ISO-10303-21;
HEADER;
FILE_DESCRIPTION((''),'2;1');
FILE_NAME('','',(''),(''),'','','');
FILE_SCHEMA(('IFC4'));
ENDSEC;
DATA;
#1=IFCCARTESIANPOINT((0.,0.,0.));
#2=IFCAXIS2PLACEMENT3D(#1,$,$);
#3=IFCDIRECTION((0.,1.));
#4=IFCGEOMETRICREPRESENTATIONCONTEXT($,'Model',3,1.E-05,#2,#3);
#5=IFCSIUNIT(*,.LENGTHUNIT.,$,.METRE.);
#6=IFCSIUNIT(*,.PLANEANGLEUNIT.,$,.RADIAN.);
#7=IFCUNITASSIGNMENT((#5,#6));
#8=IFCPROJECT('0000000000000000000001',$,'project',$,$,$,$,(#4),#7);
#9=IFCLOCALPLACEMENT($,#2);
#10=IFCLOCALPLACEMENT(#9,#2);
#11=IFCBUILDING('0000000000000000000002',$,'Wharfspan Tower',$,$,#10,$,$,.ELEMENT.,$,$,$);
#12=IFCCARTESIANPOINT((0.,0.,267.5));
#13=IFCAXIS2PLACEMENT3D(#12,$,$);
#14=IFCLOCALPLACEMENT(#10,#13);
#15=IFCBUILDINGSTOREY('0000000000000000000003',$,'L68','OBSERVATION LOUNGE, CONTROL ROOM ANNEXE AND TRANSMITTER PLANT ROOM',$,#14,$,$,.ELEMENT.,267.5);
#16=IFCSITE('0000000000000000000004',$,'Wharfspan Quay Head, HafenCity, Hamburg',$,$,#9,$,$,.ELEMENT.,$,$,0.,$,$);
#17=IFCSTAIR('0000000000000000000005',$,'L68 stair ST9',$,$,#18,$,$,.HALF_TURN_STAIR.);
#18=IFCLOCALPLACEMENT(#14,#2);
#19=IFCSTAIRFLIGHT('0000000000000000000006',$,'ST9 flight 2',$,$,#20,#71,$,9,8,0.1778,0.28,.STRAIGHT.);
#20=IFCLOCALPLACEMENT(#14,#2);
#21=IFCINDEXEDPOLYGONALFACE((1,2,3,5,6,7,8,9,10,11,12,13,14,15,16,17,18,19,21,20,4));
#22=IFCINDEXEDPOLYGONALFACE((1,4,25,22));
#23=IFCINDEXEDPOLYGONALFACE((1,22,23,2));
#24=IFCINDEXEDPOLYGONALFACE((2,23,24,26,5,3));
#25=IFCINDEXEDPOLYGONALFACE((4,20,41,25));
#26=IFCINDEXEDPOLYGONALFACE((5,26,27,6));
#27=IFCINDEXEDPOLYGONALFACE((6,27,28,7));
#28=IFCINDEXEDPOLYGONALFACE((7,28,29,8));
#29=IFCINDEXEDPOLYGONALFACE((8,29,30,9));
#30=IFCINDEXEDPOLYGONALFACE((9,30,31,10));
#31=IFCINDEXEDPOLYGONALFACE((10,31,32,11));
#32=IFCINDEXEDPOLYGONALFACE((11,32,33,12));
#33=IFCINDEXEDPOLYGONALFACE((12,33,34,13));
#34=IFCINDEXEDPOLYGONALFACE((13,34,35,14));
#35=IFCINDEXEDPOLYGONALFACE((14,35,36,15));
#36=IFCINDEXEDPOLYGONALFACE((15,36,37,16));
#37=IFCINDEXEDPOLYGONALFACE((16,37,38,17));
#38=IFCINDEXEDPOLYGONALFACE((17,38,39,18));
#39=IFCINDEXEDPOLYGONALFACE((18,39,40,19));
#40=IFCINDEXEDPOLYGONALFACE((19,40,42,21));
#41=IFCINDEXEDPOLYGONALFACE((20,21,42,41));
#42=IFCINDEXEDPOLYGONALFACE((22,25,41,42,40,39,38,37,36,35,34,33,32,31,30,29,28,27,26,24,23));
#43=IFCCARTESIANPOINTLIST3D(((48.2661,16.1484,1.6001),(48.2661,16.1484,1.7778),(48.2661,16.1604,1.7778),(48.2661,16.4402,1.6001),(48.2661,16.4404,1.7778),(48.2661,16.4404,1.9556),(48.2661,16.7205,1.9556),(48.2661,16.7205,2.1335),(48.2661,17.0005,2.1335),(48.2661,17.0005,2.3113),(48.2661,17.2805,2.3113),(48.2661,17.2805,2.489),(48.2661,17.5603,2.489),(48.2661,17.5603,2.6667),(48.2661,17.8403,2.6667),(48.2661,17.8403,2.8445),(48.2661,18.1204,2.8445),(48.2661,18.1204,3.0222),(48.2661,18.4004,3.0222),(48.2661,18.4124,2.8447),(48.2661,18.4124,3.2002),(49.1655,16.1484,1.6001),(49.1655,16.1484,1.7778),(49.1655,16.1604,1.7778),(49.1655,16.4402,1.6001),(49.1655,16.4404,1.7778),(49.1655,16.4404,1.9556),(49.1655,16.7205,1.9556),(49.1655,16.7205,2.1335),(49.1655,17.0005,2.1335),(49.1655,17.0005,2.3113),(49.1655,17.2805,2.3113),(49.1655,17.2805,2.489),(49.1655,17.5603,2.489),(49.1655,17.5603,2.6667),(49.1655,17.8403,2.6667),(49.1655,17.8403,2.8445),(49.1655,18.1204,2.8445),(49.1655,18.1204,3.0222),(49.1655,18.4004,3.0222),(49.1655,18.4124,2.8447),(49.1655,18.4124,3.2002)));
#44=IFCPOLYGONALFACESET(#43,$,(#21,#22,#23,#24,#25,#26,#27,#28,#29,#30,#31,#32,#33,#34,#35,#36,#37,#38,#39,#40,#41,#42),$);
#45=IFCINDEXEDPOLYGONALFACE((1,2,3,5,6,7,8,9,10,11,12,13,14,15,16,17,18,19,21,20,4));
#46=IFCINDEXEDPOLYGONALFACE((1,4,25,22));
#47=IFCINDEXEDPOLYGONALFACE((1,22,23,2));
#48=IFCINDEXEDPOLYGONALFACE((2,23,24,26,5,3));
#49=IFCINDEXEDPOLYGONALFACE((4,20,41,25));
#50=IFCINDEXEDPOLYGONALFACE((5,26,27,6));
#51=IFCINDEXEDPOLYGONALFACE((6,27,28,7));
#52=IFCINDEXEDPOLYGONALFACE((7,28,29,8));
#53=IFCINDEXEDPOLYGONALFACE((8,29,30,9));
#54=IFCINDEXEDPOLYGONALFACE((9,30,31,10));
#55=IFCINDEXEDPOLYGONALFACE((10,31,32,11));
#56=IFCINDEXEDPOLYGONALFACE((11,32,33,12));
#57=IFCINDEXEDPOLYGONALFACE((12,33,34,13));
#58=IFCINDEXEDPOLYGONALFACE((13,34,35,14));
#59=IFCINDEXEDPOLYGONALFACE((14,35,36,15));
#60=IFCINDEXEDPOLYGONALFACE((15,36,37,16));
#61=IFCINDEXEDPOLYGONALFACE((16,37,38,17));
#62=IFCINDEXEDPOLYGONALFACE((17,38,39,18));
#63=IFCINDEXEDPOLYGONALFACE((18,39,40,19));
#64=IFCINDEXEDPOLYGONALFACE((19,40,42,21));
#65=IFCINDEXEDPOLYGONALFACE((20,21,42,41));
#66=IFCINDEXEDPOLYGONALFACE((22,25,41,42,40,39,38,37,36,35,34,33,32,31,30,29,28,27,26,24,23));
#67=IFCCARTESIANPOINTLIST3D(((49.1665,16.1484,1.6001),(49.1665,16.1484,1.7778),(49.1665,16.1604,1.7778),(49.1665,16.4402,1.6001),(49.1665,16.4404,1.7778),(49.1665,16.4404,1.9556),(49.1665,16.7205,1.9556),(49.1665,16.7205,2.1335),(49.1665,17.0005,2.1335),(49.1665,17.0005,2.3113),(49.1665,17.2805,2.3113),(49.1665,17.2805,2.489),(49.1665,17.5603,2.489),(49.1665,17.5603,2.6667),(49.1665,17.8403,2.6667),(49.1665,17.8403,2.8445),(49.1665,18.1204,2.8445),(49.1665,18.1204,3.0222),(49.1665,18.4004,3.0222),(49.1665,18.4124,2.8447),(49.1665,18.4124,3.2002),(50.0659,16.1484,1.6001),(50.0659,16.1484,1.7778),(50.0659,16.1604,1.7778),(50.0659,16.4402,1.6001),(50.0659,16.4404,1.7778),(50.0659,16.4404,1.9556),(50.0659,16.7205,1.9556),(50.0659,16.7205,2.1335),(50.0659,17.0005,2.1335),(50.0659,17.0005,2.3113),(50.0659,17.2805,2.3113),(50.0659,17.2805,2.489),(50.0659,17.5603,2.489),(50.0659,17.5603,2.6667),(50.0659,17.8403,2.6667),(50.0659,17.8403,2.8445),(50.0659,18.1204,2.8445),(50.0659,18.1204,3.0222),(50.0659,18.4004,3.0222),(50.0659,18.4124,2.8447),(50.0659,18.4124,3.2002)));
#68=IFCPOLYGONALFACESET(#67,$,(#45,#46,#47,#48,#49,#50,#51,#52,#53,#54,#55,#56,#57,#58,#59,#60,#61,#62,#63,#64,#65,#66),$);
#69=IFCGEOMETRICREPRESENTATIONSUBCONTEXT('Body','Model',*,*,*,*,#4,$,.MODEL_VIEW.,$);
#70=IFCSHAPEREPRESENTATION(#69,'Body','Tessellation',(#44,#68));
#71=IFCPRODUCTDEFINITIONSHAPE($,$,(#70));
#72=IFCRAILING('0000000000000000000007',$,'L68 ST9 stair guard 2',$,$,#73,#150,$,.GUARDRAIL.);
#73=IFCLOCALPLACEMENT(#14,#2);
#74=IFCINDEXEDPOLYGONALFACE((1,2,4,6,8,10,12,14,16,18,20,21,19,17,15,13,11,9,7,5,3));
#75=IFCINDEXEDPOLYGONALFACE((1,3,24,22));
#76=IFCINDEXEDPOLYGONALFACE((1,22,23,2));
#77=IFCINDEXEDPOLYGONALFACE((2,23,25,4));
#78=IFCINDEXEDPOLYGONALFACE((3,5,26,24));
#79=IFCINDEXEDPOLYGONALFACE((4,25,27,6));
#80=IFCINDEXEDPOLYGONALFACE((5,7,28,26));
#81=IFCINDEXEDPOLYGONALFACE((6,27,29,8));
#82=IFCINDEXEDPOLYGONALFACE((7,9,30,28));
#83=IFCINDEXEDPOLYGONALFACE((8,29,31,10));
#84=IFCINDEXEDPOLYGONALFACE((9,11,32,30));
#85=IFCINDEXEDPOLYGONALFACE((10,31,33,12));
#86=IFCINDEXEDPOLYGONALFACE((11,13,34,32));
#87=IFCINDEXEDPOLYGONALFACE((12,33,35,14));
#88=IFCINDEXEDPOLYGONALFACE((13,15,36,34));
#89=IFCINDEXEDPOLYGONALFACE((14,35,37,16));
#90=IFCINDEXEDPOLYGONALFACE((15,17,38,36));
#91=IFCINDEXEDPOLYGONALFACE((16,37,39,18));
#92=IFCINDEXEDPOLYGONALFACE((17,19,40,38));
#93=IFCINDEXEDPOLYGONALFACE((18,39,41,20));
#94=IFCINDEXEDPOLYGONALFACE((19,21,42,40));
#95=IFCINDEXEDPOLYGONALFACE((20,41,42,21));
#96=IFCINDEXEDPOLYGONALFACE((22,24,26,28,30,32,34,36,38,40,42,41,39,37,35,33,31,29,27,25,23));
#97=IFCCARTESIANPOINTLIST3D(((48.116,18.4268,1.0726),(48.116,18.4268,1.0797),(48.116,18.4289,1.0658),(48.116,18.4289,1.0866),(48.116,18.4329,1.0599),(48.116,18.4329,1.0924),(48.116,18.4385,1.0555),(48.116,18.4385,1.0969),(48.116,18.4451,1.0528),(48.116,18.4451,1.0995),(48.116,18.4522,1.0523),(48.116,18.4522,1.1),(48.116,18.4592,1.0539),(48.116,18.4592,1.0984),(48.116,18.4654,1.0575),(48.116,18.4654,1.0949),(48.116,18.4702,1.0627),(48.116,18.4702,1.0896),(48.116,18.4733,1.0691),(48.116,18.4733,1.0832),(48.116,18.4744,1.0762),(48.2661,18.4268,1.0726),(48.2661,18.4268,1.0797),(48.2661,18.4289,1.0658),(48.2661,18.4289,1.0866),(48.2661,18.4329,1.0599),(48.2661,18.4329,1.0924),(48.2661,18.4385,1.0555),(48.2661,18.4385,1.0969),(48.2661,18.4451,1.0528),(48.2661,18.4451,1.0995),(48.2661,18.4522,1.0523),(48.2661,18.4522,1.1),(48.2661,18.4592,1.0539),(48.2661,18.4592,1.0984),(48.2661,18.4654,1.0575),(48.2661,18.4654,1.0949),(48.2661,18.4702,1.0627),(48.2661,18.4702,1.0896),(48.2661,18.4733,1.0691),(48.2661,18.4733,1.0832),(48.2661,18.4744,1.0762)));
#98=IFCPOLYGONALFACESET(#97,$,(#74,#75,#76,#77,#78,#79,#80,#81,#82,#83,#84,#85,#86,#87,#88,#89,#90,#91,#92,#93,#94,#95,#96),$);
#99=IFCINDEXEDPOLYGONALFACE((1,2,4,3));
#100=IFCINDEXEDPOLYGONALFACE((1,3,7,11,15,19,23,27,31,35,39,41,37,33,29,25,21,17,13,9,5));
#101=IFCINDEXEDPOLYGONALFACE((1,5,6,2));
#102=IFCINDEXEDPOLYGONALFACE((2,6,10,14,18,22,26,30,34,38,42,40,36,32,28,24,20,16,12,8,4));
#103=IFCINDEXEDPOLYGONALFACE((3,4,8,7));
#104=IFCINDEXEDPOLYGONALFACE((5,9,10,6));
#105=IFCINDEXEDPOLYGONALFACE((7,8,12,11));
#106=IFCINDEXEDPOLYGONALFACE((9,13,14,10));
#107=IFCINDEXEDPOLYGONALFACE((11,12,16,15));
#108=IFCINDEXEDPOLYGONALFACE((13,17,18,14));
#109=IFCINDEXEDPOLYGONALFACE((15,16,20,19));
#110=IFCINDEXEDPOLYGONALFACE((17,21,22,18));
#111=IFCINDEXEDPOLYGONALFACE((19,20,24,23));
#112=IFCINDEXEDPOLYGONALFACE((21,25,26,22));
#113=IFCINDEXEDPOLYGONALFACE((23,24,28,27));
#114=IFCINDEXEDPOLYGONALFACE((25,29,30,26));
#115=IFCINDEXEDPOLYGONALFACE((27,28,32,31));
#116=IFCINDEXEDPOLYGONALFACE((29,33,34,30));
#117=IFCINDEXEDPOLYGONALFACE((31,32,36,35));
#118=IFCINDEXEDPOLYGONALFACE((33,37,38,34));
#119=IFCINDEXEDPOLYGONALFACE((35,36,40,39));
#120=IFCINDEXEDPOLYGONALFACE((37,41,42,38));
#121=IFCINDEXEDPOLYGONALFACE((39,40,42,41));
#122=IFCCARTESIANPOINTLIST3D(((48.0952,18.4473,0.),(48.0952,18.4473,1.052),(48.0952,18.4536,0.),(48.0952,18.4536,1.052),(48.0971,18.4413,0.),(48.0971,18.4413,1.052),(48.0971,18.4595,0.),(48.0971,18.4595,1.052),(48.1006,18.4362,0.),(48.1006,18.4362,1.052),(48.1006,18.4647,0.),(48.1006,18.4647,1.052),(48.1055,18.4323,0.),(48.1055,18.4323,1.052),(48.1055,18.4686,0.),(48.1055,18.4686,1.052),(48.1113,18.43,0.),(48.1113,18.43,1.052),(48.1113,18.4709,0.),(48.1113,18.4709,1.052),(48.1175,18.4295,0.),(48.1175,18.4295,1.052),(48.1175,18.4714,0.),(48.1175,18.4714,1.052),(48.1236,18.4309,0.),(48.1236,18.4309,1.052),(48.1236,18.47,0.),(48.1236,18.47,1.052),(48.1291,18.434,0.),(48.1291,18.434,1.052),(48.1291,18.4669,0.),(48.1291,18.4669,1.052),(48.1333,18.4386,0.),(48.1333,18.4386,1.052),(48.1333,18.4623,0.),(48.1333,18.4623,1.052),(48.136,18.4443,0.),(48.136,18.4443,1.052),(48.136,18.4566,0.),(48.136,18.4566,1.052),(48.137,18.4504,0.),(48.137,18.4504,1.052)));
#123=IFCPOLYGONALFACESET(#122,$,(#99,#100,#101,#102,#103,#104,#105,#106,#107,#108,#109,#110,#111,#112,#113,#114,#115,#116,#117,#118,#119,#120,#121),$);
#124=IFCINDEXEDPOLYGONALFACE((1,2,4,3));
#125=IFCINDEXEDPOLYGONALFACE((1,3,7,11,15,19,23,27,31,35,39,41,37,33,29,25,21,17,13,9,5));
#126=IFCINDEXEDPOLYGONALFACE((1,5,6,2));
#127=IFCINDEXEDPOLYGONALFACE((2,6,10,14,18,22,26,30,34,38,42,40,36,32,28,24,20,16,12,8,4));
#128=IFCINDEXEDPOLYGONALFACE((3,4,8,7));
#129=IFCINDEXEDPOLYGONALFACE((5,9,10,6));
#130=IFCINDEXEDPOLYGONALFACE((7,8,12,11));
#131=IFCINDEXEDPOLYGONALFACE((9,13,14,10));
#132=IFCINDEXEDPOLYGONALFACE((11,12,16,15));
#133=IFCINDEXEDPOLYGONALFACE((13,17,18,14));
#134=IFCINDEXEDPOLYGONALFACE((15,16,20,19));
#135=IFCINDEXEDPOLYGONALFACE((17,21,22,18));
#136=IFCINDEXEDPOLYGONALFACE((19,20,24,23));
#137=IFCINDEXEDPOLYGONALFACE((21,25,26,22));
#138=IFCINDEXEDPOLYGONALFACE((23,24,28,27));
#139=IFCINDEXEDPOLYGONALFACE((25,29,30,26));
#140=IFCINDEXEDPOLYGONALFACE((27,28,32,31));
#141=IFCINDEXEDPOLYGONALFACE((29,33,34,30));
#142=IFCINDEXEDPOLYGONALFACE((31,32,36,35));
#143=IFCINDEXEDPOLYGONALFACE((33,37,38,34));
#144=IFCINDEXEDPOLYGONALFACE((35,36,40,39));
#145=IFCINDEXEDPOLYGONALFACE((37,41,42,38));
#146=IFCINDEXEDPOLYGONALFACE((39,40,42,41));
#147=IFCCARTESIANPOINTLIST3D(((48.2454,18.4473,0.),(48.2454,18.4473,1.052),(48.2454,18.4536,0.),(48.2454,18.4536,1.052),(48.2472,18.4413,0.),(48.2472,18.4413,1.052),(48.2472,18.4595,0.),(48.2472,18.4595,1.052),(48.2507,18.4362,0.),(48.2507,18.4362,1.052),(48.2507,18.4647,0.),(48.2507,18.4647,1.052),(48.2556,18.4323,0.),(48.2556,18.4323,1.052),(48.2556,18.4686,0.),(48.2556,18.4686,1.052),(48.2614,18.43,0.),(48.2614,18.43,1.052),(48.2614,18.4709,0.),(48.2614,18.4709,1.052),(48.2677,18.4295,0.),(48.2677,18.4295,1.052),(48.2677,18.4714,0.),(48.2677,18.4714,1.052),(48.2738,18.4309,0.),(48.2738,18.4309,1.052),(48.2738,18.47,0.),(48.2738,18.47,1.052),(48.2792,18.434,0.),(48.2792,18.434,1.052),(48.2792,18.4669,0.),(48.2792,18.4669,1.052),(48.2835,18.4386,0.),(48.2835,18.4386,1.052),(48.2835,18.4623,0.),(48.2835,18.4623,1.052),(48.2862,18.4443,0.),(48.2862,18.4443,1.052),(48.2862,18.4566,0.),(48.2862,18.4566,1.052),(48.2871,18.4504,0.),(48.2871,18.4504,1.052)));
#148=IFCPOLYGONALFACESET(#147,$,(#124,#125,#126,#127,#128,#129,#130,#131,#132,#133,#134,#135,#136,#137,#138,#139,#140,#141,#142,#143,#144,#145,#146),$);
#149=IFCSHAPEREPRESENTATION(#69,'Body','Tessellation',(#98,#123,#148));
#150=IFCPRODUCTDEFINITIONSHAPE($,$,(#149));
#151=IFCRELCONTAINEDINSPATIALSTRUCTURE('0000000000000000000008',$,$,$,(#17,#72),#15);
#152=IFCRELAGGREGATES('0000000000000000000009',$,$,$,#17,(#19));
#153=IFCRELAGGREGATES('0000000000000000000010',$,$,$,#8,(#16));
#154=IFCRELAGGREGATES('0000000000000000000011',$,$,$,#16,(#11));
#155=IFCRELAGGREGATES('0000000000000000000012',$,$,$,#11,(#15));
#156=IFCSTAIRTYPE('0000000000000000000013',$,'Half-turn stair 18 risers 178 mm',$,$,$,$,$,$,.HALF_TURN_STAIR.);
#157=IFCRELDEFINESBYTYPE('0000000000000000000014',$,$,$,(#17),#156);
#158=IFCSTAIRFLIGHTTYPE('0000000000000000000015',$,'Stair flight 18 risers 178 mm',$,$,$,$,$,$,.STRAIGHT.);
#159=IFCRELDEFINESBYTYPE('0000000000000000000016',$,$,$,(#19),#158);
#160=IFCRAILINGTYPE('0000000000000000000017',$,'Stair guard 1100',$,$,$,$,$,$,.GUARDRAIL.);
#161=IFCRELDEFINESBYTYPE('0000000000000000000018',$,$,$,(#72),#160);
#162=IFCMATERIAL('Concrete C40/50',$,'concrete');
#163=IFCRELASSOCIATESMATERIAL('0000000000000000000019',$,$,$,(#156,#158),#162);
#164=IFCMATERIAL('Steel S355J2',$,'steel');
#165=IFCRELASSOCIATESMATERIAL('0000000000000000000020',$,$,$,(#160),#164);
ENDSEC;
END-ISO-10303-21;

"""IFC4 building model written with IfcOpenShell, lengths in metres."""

from ifc_helpers import new_model, si_unit, direction, frame, origin, origin_2d, place, context, subcontext, project, spatial, polyline, circle, outline, extrude, material, type_object, element, aggregate, save


model = new_model("IFC4")

# Units and contexts
model_context = context("Model", 3, precision=1e-05, world=origin(), true_north=direction((0.0, 1.0)))
body_context = subcontext(model_context, "Body", "Model", "MODEL_VIEW")
ifc_project = project(units=[si_unit("LENGTHUNIT", "METRE"), si_unit("PLANEANGLEUNIT", "RADIAN")], contexts=[model_context])

# Site, building, storey
site_placement = place(None, origin())
site = spatial("IfcSite", under=ifc_project, at=site_placement, Name="Wharfspan Quay Head, HafenCity, Hamburg", CompositionType="ELEMENT", RefElevation=0.0)
building_placement = place(site_placement, origin())
building = spatial("IfcBuilding", under=site, at=building_placement, Name="Wharfspan Tower", CompositionType="ELEMENT")
storey_placement = place(building_placement, frame((0.0, 0.0, 267.5)))
storey = spatial("IfcBuildingStorey", under=building, at=storey_placement, Name="L68", Description="OBSERVATION LOUNGE, CONTROL ROOM ANNEXE AND TRANSMITTER PLANT ROOM", CompositionType="ELEMENT", Elevation=267.5)

# Shared definitions
ifc_material_1 = material(Name="Steel S355J2", Category="steel")

# Shared definitions
ifc_material_2 = material(Name="Concrete C40/50", Category="concrete")

# Stair, stair flight
stair_type = type_object("IfcStairType", Name="Half-turn stair 18 risers 178 mm", PredefinedType="HALF_TURN_STAIR", material=ifc_material_2)
stair_placement = place(storey_placement, origin())
stair = element("IfcStair", 1, at=stair_placement, inside=storey, type_object=stair_type, Name="L68 stair ST9", PredefinedType="HALF_TURN_STAIR")
stair_flight_type = type_object("IfcStairFlightType", Name="Stair flight 18 risers 178 mm", PredefinedType="STRAIGHT", material=ifc_material_2)
stair_flight_1_placement = place(storey_placement, frame((49.166, 16.1604, 1.6001), z_axis=(0.0, 0.0, 1.0), x_axis=(0.0, 1.0, 0.0)))
stair_flight_1 = element("IfcStairFlight", 2, at=stair_flight_1_placement, type_object=stair_flight_type, Name="ST9 flight 2", NumberOfRisers=9, NumberOfTreads=8, PredefinedType="STRAIGHT", RiserHeight=0.1778, TreadLength=0.28, context=body_context, shape_type="SweptSolid", body=[
    extrude(outline(polyline([(-0.012, 0.0), (-0.012, 0.1777), (0.0, 0.1777), (0.28, 0.1777), (0.28, 0.3555), (0.5601, 0.3555), (0.5601, 0.5334), (0.8401, 0.5334), (0.8401, 0.7112), (1.1201, 0.7112), (1.1201, 0.8889), (1.3999, 0.8889), (1.3999, 1.0667), (1.6799, 1.0667), (1.6799, 1.2444), (1.96, 1.2444), (1.96, 1.4221), (2.24, 1.4221), (2.252, 1.6001), (2.252, 1.2446), (0.2798, 0.0), (-0.012, 0.0)])), frame((0.0, 0.8999, 0.0), z_axis=(0.0, -1.0, 0.0), x_axis=(1.0, 0.0, 0.0)), (0.0, 0.0, 1.0), 0.8994),
    extrude(outline(polyline([(-0.012, 0.0), (-0.012, 0.1777), (0.0, 0.1777), (0.28, 0.1777), (0.28, 0.3555), (0.5601, 0.3555), (0.5601, 0.5334), (0.8401, 0.5334), (0.8401, 0.7112), (1.1201, 0.7112), (1.1201, 0.8889), (1.3999, 0.8889), (1.3999, 1.0667), (1.6799, 1.0667), (1.6799, 1.2444), (1.96, 1.2444), (1.96, 1.4221), (2.24, 1.4221), (2.252, 1.6001), (2.252, 1.2446), (0.2798, 0.0), (-0.012, 0.0)])), frame((0.0, -0.0005, 0.0), z_axis=(0.0, -1.0, 0.0), x_axis=(1.0, 0.0, 0.0)), (0.0, 0.0, 1.0), 0.8994),
])
aggregate(stair, [stair_flight_1])

# Railing
railing_type_1 = type_object("IfcRailingType", Name="Stair guard 1100", PredefinedType="GUARDRAIL", material=ifc_material_1)
railing_1_placement = place(storey_placement, frame((48.116, 18.4504, 0.0)))
element("IfcRailing", 3, at=railing_1_placement, inside=storey, type_object=railing_type_1, Name="L68 ST9 stair guard 2", PredefinedType="GUARDRAIL", context=body_context, shape_type="SweptSolid", body=[
    extrude(circle(Radius=0.0239, at=origin_2d()), frame((0.0, 0.0, 1.0762), z_axis=(1.0, 0.0, 0.0), x_axis=(0.0, 1.0, 0.0)), (0.0, 0.0, 1.0), 0.1501),
    extrude(circle(Radius=0.021, at=origin_2d()), origin(), (0.0, 0.0, 1.0), 1.052),
    extrude(circle(Radius=0.021, at=origin_2d()), frame((0.1501, 0.0, 0.0)), (0.0, 0.0, 1.0), 1.052),
])

save(model, "model.ifc")
